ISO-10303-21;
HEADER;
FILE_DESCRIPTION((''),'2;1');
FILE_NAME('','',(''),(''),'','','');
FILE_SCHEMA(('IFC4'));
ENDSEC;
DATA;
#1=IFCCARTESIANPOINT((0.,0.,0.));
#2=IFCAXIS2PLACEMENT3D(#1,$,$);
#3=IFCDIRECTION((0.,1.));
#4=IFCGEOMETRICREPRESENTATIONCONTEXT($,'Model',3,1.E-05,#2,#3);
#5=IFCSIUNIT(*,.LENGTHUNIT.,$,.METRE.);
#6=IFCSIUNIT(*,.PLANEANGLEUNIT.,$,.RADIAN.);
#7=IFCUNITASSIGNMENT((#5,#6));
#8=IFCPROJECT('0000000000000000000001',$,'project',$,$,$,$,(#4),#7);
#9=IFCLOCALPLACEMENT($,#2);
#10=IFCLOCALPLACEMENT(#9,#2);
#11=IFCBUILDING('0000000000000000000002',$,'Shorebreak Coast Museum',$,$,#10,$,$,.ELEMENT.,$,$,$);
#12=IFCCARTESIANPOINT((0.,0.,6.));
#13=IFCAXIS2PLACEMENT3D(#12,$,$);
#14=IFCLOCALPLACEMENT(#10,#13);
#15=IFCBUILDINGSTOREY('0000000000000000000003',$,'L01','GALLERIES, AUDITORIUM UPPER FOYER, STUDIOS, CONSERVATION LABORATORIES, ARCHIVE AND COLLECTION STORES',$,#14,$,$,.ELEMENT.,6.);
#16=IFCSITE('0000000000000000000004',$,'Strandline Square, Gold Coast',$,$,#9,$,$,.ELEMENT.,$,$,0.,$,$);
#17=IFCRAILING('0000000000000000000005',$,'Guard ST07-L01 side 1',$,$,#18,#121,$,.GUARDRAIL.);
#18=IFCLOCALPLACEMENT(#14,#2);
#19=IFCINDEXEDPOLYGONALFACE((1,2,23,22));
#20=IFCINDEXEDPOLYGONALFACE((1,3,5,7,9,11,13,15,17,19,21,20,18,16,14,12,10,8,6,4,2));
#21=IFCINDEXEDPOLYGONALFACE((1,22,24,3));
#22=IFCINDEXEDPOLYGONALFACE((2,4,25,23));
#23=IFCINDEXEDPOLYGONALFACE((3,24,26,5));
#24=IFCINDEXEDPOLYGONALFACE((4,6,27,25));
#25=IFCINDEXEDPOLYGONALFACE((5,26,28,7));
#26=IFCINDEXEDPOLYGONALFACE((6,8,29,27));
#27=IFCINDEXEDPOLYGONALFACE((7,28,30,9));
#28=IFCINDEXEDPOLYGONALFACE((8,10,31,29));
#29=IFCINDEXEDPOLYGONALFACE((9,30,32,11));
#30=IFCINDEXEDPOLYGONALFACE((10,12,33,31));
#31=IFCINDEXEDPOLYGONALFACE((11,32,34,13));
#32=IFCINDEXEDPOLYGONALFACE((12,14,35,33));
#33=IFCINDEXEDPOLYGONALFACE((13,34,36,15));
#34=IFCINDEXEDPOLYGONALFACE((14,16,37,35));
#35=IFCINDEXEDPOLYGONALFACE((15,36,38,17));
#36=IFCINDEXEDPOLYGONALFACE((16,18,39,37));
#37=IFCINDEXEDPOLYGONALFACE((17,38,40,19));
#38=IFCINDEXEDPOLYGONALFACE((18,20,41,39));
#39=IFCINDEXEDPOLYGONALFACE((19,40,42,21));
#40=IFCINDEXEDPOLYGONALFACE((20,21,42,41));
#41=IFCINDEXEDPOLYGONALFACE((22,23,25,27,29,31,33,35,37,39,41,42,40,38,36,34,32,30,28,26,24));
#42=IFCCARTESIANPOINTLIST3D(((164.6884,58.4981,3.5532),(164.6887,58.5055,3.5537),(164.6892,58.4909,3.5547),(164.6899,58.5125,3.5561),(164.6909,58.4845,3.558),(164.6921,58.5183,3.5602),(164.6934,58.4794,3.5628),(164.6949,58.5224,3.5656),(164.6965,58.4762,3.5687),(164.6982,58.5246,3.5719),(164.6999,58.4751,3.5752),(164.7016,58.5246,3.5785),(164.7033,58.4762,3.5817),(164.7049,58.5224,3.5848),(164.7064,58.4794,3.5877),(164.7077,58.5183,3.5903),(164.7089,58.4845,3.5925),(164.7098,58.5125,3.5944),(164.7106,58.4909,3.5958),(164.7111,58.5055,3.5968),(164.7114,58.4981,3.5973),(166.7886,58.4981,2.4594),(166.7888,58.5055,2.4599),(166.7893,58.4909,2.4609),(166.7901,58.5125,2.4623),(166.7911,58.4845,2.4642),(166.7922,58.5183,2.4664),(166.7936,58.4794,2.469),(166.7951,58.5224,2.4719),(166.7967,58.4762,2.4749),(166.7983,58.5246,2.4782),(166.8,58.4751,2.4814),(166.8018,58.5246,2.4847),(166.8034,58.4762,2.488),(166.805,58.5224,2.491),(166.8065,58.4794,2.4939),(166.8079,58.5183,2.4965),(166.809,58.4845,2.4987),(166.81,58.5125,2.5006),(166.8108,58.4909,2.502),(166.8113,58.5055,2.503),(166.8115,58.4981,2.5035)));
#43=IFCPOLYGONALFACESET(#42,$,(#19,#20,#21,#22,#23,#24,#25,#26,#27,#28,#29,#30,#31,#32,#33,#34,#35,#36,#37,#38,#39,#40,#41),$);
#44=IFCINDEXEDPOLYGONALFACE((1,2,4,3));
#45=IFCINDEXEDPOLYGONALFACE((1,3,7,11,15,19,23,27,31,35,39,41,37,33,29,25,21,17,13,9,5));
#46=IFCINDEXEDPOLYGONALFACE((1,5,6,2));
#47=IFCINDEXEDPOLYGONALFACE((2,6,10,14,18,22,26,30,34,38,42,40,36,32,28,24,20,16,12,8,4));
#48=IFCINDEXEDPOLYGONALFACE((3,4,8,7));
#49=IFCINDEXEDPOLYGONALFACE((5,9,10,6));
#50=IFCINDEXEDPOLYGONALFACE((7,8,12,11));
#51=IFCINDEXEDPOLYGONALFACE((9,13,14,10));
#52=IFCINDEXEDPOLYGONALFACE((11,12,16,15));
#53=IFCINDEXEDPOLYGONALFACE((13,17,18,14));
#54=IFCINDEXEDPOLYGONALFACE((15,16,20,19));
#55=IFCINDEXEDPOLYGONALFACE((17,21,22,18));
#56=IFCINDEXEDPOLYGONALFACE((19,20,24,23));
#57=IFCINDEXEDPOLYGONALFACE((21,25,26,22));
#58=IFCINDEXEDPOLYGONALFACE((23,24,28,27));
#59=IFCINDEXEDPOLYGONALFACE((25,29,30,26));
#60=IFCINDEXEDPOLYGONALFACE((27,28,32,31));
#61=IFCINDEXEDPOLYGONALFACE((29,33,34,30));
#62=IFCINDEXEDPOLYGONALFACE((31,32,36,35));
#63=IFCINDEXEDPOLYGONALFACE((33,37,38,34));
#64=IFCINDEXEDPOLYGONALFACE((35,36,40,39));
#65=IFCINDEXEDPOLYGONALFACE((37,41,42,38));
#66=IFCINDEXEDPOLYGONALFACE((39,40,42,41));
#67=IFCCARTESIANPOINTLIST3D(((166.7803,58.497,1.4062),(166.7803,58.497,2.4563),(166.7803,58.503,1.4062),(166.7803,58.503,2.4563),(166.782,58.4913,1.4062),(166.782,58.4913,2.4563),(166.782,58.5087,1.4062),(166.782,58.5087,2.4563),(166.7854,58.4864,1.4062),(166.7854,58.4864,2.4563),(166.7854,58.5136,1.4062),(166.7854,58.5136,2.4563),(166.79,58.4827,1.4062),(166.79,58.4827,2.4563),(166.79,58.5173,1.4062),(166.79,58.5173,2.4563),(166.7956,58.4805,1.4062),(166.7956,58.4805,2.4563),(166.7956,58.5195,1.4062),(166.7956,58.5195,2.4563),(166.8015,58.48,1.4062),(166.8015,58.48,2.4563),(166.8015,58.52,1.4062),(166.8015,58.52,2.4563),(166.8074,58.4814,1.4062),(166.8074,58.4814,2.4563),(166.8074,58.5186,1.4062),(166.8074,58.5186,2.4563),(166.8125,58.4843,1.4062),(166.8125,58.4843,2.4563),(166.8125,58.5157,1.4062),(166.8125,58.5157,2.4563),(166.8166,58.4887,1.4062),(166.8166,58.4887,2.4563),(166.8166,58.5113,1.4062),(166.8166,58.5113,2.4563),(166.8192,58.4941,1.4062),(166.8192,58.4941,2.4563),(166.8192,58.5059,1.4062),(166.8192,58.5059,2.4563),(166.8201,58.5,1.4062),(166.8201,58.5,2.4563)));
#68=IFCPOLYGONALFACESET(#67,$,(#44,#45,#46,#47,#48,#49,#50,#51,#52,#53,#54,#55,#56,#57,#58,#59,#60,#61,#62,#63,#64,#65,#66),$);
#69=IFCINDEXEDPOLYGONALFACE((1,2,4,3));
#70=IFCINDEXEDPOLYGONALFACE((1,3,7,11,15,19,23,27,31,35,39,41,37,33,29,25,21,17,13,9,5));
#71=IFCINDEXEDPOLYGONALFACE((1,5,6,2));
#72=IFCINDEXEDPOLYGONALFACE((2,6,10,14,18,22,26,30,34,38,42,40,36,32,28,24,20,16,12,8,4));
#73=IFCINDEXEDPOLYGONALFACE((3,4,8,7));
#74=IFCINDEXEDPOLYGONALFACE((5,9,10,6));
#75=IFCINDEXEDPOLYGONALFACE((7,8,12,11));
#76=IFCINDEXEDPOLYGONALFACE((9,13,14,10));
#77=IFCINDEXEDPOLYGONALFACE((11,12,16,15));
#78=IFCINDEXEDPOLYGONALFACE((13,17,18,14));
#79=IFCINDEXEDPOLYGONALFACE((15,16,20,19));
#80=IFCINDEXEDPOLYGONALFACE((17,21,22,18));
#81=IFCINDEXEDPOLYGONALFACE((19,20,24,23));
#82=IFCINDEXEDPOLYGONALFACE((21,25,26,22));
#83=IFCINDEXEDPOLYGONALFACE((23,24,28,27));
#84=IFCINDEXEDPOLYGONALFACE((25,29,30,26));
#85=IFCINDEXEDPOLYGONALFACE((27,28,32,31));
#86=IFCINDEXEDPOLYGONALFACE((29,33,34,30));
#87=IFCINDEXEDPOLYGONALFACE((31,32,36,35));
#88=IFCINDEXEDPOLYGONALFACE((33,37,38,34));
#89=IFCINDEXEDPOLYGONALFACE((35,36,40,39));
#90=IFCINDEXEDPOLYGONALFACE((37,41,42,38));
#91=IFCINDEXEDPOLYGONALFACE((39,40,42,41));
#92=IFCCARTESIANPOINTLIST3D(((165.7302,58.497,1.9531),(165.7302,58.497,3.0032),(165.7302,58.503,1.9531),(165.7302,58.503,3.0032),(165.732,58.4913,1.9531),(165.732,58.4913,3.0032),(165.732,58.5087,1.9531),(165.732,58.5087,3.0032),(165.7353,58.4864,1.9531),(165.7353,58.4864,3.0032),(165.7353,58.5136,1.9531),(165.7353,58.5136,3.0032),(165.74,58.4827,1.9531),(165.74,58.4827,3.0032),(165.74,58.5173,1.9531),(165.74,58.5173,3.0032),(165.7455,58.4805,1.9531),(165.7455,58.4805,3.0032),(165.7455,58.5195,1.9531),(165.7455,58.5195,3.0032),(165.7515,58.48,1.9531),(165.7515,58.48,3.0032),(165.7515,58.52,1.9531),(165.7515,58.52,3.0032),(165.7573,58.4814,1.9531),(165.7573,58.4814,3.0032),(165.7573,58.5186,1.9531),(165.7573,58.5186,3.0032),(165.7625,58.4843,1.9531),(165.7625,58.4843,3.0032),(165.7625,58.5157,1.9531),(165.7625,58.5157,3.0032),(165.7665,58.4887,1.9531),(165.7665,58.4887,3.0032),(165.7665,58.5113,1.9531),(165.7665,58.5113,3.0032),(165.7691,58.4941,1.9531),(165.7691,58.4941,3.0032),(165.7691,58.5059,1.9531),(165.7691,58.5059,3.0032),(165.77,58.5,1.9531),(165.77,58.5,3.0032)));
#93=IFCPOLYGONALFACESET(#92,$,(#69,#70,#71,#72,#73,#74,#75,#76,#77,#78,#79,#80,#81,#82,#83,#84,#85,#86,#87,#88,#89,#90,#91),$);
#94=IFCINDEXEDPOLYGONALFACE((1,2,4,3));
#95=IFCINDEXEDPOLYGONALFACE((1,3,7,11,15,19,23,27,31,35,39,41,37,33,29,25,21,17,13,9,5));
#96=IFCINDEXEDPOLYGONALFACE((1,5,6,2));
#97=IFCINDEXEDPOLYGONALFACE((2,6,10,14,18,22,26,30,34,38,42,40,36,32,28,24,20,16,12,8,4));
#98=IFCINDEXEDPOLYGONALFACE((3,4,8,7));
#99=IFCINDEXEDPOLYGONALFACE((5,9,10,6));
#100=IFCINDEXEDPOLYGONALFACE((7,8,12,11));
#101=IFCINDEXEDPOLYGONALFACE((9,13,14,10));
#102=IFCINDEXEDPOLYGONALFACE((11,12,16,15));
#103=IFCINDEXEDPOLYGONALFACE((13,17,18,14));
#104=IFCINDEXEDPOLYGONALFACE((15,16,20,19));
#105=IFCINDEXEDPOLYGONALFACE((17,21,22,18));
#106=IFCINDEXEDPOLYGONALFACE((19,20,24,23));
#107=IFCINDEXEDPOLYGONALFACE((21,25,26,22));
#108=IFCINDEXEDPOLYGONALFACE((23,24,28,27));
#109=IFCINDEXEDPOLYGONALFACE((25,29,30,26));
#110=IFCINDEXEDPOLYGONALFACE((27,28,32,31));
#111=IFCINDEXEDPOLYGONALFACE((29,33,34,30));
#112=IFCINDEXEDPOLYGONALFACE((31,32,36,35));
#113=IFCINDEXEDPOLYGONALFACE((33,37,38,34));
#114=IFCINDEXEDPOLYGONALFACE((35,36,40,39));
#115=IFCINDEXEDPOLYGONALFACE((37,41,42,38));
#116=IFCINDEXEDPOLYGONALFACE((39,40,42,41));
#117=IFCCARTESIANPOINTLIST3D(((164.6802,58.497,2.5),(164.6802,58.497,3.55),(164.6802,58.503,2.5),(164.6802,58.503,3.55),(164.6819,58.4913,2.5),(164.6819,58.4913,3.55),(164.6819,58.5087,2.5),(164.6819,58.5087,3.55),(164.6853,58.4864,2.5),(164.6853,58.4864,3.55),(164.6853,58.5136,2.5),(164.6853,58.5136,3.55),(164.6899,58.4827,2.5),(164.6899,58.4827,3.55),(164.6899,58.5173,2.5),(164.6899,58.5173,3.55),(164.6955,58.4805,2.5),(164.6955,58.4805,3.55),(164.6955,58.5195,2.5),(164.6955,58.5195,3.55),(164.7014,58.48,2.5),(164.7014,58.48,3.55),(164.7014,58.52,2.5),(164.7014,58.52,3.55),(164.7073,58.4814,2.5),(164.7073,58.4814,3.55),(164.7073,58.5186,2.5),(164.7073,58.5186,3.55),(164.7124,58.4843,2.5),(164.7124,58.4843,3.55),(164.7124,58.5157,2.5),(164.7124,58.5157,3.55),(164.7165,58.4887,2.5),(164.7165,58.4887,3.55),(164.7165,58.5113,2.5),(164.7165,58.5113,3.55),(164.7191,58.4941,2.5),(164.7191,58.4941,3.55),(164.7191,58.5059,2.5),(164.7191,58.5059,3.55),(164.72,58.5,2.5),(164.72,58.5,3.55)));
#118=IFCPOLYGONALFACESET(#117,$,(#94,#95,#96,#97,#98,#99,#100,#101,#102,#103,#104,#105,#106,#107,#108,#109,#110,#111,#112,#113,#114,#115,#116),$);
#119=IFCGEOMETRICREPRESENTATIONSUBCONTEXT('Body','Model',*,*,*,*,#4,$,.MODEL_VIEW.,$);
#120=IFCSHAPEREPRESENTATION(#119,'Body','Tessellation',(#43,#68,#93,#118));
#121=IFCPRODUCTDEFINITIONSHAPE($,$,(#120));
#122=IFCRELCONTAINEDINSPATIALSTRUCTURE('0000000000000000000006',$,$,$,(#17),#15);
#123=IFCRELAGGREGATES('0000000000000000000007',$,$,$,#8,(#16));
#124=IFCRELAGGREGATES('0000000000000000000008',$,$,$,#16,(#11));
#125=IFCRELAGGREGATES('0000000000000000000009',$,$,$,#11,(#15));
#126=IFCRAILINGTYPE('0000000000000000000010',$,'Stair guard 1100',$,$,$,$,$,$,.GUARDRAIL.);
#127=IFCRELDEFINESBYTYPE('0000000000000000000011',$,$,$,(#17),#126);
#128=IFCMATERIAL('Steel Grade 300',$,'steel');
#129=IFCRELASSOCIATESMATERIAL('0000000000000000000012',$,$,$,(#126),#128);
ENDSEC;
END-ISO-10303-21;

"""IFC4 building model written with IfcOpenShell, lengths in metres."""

from ifc_helpers import new_model, si_unit, direction, frame, origin, origin_2d, place, context, subcontext, project, spatial, circle, extrude, material, type_object, element, save


model = new_model("IFC4")

# Units and contexts
model_context = context("Model", 3, precision=1e-05, world=origin(), true_north=direction((0.0, 1.0)))
body_context = subcontext(model_context, "Body", "Model", "MODEL_VIEW")
ifc_project = project(units=[si_unit("LENGTHUNIT", "METRE"), si_unit("PLANEANGLEUNIT", "RADIAN")], contexts=[model_context])

# Site, building, storey
site_placement = place(None, origin())
site = spatial("IfcSite", under=ifc_project, at=site_placement, Name="Strandline Square, Gold Coast", CompositionType="ELEMENT", RefElevation=0.0)
building_placement = place(site_placement, origin())
building = spatial("IfcBuilding", under=site, at=building_placement, Name="Shorebreak Coast Museum", CompositionType="ELEMENT")
storey_placement = place(building_placement, frame((0.0, 0.0, 6.0)))
storey = spatial("IfcBuildingStorey", under=building, at=storey_placement, Name="L01", Description="GALLERIES, AUDITORIUM UPPER FOYER, STUDIOS, CONSERVATION LABORATORIES, ARCHIVE AND COLLECTION STORES", CompositionType="ELEMENT", Elevation=6.0)

# Railing
ifc_material_1 = material(Name="Steel Grade 300", Category="steel")
railing_type_1 = type_object("IfcRailingType", Name="Stair guard 1100", PredefinedType="GUARDRAIL", material=ifc_material_1)
for number, where, name in (
    (1, (166.8, 58.5, 1.4062), "Guard ST07-L01 side 1"),
):
    element("IfcRailing", number, at=place(storey_placement, frame(where)), inside=storey, type_object=railing_type_1, Name=name, PredefinedType="GUARDRAIL", context=body_context, shape_type="SweptSolid", body=[
        extrude(circle(Radius=0.0249, at=origin_2d()), frame((0.0, 0.0, 1.0752), z_axis=(-0.886923, 0.0, 0.461918), x_axis=(0.0, -1.0, 0.0)), (0.0, 0.0, 1.0), 2.3679),
        extrude(circle(Radius=0.02, at=origin_2d()), origin(), (0.0, 0.0, 1.0), 1.05),
        extrude(circle(Radius=0.02, at=origin_2d()), frame((-1.05, 0.0, 0.5469)), (0.0, 0.0, 1.0), 1.05),
        extrude(circle(Radius=0.02, at=origin_2d()), frame((-2.1001, 0.0, 1.0938)), (0.0, 0.0, 1.0), 1.05),
    ])

save(model, "model.ifc")
